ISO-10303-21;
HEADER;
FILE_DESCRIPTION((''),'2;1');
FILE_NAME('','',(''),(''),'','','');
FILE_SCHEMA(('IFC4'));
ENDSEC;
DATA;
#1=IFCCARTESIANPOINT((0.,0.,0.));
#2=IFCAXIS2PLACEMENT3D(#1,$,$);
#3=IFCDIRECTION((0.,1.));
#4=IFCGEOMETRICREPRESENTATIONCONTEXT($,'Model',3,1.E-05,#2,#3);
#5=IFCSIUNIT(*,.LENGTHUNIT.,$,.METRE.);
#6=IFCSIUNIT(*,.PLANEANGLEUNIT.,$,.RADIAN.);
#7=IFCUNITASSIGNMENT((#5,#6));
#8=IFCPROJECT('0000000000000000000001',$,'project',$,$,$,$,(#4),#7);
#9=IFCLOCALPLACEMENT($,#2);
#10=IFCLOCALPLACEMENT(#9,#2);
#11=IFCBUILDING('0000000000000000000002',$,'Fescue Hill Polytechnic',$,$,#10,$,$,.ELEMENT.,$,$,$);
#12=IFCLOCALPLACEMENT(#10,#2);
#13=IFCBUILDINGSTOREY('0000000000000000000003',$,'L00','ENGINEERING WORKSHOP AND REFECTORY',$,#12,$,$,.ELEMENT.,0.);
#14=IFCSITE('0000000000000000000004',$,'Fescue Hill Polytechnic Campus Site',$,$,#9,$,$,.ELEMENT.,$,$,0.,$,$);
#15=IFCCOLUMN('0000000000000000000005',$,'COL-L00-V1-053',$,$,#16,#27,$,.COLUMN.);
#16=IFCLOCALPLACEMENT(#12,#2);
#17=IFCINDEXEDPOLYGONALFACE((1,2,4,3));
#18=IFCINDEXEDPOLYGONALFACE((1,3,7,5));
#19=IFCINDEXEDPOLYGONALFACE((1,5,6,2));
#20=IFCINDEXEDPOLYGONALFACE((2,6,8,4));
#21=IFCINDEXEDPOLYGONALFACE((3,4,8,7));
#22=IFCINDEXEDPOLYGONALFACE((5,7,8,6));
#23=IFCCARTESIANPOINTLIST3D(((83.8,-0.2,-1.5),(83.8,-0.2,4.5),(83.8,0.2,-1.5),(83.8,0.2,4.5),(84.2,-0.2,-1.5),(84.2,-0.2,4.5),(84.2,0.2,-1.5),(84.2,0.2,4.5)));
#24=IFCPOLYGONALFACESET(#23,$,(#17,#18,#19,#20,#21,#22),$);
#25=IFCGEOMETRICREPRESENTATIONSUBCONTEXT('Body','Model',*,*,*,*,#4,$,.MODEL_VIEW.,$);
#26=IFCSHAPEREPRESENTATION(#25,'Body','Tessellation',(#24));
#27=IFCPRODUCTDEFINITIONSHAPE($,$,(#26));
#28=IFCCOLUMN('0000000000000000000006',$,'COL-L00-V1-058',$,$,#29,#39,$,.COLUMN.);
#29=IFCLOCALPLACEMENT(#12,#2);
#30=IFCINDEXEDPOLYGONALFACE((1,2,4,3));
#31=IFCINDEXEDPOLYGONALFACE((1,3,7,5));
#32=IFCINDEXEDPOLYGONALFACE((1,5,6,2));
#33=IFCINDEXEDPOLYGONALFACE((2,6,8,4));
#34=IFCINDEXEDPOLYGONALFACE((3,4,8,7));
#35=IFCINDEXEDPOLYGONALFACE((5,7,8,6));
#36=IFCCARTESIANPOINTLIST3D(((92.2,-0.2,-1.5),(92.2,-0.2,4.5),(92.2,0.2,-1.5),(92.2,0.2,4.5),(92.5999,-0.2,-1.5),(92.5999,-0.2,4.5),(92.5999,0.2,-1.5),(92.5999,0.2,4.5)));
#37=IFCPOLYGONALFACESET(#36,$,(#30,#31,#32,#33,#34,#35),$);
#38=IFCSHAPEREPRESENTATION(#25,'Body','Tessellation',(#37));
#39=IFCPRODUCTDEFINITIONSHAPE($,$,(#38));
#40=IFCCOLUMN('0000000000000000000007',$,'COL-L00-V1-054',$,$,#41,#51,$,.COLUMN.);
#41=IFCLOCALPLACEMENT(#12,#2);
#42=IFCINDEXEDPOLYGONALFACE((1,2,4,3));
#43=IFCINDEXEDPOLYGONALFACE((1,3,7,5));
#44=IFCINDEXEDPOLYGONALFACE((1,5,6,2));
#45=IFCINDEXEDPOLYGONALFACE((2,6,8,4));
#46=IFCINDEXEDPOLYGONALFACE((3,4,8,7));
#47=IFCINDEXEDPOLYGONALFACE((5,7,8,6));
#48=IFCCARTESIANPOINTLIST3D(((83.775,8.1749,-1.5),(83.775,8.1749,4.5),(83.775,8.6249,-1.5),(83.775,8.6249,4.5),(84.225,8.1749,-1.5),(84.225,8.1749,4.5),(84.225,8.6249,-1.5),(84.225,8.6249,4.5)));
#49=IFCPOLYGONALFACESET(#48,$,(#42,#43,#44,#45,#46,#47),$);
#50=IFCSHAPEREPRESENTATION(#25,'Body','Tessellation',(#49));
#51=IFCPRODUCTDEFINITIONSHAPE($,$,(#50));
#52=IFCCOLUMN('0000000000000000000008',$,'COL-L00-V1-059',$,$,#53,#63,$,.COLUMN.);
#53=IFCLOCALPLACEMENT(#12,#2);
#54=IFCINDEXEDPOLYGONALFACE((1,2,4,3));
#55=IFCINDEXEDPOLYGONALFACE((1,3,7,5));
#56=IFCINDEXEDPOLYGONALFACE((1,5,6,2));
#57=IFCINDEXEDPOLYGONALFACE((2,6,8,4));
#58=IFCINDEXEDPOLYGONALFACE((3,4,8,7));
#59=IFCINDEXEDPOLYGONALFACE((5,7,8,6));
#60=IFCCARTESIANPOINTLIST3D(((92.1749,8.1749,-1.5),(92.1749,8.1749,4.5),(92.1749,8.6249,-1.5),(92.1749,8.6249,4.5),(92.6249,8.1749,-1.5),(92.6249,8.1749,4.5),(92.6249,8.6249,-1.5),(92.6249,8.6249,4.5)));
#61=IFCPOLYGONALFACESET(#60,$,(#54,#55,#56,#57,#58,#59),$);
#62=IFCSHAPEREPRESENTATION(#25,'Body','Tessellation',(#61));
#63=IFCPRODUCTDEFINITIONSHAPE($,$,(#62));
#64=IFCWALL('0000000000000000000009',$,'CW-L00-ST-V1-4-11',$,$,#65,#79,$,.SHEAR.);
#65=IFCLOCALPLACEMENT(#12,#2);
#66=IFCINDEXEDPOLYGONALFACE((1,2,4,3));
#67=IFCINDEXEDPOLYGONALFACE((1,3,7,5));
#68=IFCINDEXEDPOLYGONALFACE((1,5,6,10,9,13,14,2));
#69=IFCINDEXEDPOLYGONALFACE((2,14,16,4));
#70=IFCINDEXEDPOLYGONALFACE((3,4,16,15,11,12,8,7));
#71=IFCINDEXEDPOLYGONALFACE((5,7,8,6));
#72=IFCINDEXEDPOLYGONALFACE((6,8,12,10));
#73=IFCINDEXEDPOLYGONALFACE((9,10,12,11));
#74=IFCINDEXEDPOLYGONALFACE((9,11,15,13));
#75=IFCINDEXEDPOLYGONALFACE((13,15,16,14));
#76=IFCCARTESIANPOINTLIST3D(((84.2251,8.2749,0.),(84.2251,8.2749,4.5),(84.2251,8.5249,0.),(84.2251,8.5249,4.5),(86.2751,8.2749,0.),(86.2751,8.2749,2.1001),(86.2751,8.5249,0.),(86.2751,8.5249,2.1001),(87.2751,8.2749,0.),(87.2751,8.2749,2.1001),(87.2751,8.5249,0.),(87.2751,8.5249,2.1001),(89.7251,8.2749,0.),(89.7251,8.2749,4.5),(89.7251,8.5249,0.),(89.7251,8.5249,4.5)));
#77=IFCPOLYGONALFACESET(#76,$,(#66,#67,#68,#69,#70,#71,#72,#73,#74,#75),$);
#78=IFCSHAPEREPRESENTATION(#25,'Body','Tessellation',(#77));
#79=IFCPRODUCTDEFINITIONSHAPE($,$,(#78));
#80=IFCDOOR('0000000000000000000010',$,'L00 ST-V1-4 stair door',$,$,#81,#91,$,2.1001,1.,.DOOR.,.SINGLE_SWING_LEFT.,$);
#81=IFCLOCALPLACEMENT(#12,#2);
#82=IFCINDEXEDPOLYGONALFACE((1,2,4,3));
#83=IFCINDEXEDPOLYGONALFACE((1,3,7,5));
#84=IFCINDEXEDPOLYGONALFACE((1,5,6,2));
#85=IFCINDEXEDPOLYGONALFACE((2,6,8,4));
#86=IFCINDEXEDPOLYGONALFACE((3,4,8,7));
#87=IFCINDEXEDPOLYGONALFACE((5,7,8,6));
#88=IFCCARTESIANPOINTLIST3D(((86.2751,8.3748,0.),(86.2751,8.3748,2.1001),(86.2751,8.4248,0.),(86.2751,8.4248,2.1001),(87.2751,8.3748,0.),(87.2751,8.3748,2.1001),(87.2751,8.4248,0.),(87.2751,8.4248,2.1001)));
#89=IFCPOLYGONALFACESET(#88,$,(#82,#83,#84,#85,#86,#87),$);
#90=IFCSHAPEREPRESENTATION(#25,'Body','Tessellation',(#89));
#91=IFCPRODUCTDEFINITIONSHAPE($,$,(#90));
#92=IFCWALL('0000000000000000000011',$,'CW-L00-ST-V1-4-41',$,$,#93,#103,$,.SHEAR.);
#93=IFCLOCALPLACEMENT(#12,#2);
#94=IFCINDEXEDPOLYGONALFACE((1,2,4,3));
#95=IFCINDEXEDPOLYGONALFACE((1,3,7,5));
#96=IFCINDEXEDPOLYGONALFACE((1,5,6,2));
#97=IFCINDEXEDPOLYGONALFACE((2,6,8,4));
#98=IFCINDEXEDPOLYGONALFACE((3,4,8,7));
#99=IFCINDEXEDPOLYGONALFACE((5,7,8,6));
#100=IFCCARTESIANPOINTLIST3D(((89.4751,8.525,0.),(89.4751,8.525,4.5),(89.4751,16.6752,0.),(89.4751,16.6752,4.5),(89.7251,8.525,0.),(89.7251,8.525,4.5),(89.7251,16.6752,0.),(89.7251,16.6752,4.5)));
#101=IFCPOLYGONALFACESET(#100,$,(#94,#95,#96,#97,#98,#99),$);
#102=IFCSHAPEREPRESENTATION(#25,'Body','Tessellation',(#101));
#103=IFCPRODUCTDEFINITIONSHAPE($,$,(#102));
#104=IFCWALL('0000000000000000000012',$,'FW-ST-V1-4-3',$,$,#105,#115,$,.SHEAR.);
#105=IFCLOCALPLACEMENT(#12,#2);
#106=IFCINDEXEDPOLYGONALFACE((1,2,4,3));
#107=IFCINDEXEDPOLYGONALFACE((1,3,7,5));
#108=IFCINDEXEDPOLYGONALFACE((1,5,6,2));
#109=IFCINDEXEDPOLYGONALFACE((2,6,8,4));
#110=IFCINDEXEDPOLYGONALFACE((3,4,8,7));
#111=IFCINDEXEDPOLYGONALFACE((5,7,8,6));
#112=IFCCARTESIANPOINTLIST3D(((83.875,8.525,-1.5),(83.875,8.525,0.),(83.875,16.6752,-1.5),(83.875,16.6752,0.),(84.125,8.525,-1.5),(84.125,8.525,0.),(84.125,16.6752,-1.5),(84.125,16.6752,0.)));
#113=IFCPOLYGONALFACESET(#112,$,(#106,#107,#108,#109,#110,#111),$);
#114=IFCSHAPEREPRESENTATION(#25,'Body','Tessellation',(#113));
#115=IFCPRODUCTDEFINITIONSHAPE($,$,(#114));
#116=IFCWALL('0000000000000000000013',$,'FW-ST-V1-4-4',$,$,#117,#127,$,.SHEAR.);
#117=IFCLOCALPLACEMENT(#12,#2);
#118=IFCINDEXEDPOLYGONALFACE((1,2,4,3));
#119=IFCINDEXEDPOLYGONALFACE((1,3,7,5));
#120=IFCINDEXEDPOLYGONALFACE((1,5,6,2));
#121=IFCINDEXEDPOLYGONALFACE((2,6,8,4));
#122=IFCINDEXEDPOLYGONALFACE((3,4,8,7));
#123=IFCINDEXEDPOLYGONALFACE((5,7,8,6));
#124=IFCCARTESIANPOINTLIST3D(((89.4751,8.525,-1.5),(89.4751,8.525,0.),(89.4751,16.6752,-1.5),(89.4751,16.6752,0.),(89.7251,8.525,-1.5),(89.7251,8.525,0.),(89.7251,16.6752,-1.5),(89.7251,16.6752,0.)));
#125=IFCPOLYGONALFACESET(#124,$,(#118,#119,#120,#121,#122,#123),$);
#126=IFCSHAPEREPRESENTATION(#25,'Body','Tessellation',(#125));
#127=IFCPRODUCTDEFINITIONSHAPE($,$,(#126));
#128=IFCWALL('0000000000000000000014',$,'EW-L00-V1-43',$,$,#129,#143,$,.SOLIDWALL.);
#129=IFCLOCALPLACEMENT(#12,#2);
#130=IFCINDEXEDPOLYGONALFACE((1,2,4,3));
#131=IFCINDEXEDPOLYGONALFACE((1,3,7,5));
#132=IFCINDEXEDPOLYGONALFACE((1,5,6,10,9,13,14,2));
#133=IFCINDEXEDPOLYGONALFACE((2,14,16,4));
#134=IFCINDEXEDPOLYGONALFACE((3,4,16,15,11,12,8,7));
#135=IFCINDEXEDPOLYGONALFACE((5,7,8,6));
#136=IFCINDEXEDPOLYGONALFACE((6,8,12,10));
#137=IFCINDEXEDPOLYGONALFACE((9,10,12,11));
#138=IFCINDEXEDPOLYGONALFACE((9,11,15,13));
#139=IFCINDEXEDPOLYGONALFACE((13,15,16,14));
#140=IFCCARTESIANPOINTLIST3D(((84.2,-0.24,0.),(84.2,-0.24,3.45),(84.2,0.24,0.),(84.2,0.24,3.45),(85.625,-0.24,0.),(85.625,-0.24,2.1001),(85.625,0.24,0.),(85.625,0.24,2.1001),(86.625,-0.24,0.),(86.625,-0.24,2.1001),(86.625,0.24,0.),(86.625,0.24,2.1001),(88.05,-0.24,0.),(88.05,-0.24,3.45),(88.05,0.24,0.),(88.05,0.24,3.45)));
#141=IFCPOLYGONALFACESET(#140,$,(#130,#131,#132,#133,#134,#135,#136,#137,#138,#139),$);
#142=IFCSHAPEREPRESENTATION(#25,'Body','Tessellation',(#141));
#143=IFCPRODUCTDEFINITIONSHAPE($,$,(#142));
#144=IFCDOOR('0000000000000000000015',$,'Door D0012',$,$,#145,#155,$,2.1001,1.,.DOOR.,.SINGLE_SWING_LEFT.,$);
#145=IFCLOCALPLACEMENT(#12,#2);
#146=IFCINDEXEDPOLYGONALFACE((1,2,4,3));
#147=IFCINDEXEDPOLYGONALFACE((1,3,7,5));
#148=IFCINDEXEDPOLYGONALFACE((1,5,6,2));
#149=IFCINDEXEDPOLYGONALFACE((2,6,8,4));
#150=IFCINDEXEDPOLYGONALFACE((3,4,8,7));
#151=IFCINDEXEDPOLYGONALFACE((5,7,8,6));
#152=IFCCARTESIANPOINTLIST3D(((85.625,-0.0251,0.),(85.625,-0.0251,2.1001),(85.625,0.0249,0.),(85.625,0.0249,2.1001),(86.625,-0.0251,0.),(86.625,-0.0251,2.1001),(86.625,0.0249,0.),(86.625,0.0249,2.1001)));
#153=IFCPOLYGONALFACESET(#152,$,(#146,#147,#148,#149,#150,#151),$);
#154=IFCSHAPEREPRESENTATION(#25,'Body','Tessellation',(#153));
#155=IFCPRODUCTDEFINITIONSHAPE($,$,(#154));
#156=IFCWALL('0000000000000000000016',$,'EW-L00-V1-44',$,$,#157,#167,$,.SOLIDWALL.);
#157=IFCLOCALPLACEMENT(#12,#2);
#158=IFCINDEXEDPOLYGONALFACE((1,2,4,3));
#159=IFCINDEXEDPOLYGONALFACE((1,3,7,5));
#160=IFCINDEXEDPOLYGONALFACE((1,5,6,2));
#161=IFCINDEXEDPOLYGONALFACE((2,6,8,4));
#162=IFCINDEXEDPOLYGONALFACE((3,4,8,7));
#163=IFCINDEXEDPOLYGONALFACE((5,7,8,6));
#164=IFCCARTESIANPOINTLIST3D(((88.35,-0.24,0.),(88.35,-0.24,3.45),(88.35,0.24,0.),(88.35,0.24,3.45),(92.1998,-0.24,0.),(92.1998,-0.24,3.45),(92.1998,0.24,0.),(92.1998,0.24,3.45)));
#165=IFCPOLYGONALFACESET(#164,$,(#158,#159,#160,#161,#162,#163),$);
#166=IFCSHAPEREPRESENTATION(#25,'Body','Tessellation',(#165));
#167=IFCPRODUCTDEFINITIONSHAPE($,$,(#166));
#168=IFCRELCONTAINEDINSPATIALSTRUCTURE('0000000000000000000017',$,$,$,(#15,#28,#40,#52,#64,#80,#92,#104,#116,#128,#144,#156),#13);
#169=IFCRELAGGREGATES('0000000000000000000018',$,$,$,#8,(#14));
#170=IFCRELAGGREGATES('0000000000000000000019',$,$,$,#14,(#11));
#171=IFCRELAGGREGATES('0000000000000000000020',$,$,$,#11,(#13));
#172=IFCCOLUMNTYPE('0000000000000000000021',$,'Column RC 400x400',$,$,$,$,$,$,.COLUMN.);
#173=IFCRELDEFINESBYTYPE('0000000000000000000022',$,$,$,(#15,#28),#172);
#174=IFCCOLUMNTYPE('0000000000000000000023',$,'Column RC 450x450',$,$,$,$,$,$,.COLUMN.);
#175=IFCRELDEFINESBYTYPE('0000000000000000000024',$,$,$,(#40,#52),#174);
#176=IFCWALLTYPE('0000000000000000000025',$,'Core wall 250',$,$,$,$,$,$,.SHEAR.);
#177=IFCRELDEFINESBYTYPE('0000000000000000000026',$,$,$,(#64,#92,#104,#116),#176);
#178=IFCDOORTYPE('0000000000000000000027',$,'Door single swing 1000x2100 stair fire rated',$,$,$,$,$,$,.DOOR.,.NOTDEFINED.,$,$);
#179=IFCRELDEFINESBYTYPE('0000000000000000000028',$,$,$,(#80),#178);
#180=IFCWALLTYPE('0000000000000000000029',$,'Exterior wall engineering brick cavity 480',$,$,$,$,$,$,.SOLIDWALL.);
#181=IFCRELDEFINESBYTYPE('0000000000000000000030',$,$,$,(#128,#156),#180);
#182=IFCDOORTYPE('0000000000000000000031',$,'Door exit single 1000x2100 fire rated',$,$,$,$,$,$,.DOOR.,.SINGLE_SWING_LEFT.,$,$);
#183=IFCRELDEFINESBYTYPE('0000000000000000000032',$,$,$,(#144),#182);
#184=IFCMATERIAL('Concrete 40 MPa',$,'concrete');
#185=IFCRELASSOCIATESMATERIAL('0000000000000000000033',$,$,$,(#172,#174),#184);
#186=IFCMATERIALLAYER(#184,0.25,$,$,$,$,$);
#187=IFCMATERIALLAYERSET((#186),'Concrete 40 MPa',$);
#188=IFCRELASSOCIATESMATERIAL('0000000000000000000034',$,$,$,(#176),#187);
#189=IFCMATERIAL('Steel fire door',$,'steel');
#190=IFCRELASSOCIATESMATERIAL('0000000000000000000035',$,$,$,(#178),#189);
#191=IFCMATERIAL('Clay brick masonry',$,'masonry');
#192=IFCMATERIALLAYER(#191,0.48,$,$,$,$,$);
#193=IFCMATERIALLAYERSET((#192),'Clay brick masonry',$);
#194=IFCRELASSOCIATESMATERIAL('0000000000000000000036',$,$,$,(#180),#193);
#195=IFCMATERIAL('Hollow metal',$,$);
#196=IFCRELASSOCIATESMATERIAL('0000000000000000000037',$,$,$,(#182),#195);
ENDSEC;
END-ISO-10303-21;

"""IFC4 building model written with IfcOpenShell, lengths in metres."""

from ifc_helpers import new_model, si_unit, direction, frame, frame_2d, origin, origin_2d, place, context, subcontext, project, spatial, rectangle, extrude, material, layer, layer_set, material_profile, profile_set, type_object, element, fill, save


model = new_model("IFC4")

# Units and contexts
model_context = context("Model", 3, precision=1e-05, world=origin(), true_north=direction((0.0, 1.0)))
body_context = subcontext(model_context, "Body", "Model", "MODEL_VIEW")
ifc_project = project(units=[si_unit("LENGTHUNIT", "METRE"), si_unit("PLANEANGLEUNIT", "RADIAN")], contexts=[model_context])

# Site, building, storey
site_placement = place(None, origin())
site = spatial("IfcSite", under=ifc_project, at=site_placement, Name="Fescue Hill Polytechnic Campus Site", CompositionType="ELEMENT", RefElevation=0.0)
building_placement = place(site_placement, origin())
building = spatial("IfcBuilding", under=site, at=building_placement, Name="Fescue Hill Polytechnic", CompositionType="ELEMENT")
storey_placement = place(building_placement, origin())
storey = spatial("IfcBuildingStorey", under=building, at=storey_placement, Name="L00", Description="ENGINEERING WORKSHOP AND REFECTORY", CompositionType="ELEMENT", Elevation=0.0)

# Columns
ifc_material_1 = material(Name="Concrete 40 MPa", Category="concrete")
ifc_material_profile_1 = material_profile(ifc_material_1, rectangle(XDim=0.3999, YDim=0.3999, at=origin_2d()), Name="RC 400x400")
ifc_profile_set_1 = profile_set([ifc_material_profile_1], Name="Concrete 40 MPa")
column_type_1 = type_object("IfcColumnType", Name="Column RC 400x400", PredefinedType="COLUMN", material=ifc_profile_set_1)
for number, where, z_axis, x_axis, name in (
    (1, (84.0, 0.0, -1.5), (0.0, 0.0, 1.0), (1.0, 0.0, 0.0), "COL-L00-V1-053"),
    (2, (92.3999, 0.0, -1.5), (0.0, 0.0, 1.0), (1.0, 0.0, 0.0), "COL-L00-V1-058"),
):
    element("IfcColumn", number, at=place(storey_placement, frame(where, z_axis=z_axis, x_axis=x_axis)), inside=storey, type_object=column_type_1, Name=name, PredefinedType="COLUMN", context=body_context, shape_type="SweptSolid", body=[
        extrude(rectangle(XDim=0.3999, YDim=0.3999, at=origin_2d()), origin(), (0.0, 0.0, 1.0), 6.0),
    ])
ifc_material_profile_2 = material_profile(ifc_material_1, rectangle(XDim=0.45, YDim=0.45, at=origin_2d()), Name="RC 450x450")
ifc_profile_set_2 = profile_set([ifc_material_profile_2], Name="Concrete 40 MPa")
column_type_2 = type_object("IfcColumnType", Name="Column RC 450x450", PredefinedType="COLUMN", material=ifc_profile_set_2)
for number, where, z_axis, x_axis, name in (
    (3, (84.0, 8.3999, -1.5), (0.0, 0.0, 1.0), (1.0, 0.0, 0.0), "COL-L00-V1-054"),
    (4, (92.3999, 8.3999, -1.5), (0.0, 0.0, 1.0), (1.0, 0.0, 0.0), "COL-L00-V1-059"),
):
    element("IfcColumn", number, at=place(storey_placement, frame(where, z_axis=z_axis, x_axis=x_axis)), inside=storey, type_object=column_type_2, Name=name, PredefinedType="COLUMN", context=body_context, shape_type="SweptSolid", body=[
        extrude(rectangle(XDim=0.45, YDim=0.45, at=origin_2d()), origin(), (0.0, 0.0, 1.0), 6.0),
    ])

# Wall, opening, door
ifc_layer_1 = layer(ifc_material_1, 0.25)
ifc_layer_set_1 = layer_set([ifc_layer_1], Name="Concrete 40 MPa")
wall_type_1 = type_object("IfcWallType", Name="Core wall 250", PredefinedType="SHEAR", material=ifc_layer_set_1)
wall_1_placement = place(storey_placement, frame((84.2251, 8.3999, 0.0), z_axis=(0.0, 0.0, 1.0), x_axis=(1.0, 0.0, 0.0)))
wall_1 = element("IfcWall", 5, at=wall_1_placement, inside=storey, type_object=wall_type_1, Name="CW-L00-ST-V1-4-11", PredefinedType="SHEAR", context=body_context, shape_type="SweptSolid", body=[
    extrude(rectangle(XDim=5.5, YDim=0.25, at=frame_2d((2.75, 0.0))), origin(), (0.0, 0.0, 1.0), 4.5),
])
opening_1_placement = place(wall_1_placement, frame((2.05, 0.0, 0.0)))
opening_1 = element("IfcOpeningElement", 6, at=opening_1_placement, cuts=wall_1, PredefinedType="OPENING", context=body_context, shape_type="SweptSolid", body=[
    extrude(rectangle(XDim=1.0, YDim=2.1001, at=frame_2d((0.5, 1.05))), frame((0.0, 0.135, 0.0), z_axis=(0.0, -1.0, 0.0), x_axis=(1.0, 0.0, 0.0)), (0.0, 0.0, 1.0), 0.27),
])
ifc_material_2 = material(Name="Steel fire door", Category="steel")
door_type_1 = type_object("IfcDoorType", Name="Door single swing 1000x2100 stair fire rated", OperationType="NOTDEFINED", PredefinedType="DOOR", material=ifc_material_2)
door_1_placement = place(opening_1_placement, origin())
door_1 = element("IfcDoor", 7, at=door_1_placement, inside=storey, type_object=door_type_1, Name="L00 ST-V1-4 stair door", OperationType="SINGLE_SWING_LEFT", OverallHeight=2.1001, OverallWidth=1.0, PredefinedType="DOOR", context=body_context, shape_type="SweptSolid", body=[
    extrude(rectangle(XDim=1.0, YDim=2.1001, at=frame_2d((0.5, 1.05))), frame((0.0, 0.0249, 0.0), z_axis=(0.0, -1.0, 0.0), x_axis=(1.0, 0.0, 0.0)), (0.0, 0.0, 1.0), 0.05),
])
fill(opening_1, door_1)

# Walls
wall_2_placement = place(storey_placement, frame((89.6001, 8.5249, 0.0), z_axis=(0.0, 0.0, 1.0), x_axis=(0.0, 1.0, 0.0)))
element("IfcWall", 8, at=wall_2_placement, inside=storey, type_object=wall_type_1, Name="CW-L00-ST-V1-4-41", PredefinedType="SHEAR", context=body_context, shape_type="SweptSolid", body=[
    extrude(rectangle(XDim=8.1501, YDim=0.25, at=frame_2d((4.0752, 0.0))), origin(), (0.0, 0.0, 1.0), 4.5),
])
for number, where, z_axis, x_axis, name in (
    (9, (84.0, 8.5249, -1.5), (0.0, 0.0, 1.0), (0.0, 1.0, 0.0), "FW-ST-V1-4-3"),
    (10, (89.6001, 8.5249, -1.5), (0.0, 0.0, 1.0), (0.0, 1.0, 0.0), "FW-ST-V1-4-4"),
):
    element("IfcWall", number, at=place(storey_placement, frame(where, z_axis=z_axis, x_axis=x_axis)), inside=storey, type_object=wall_type_1, Name=name, PredefinedType="SHEAR", context=body_context, shape_type="SweptSolid", body=[
        extrude(rectangle(XDim=8.1501, YDim=0.25, at=frame_2d((4.0752, 0.0))), origin(), (0.0, 0.0, 1.0), 1.5),
    ])

# Wall, opening, door
ifc_material_3 = material(Name="Clay brick masonry", Category="masonry")
ifc_layer_2 = layer(ifc_material_3, 0.48)
ifc_layer_set_2 = layer_set([ifc_layer_2], Name="Clay brick masonry")
wall_type_2 = type_object("IfcWallType", Name="Exterior wall engineering brick cavity 480", PredefinedType="SOLIDWALL", material=ifc_layer_set_2)
wall_3_placement = place(storey_placement, frame((84.2, 0.0, 0.0), z_axis=(0.0, 0.0, 1.0), x_axis=(1.0, 0.0, 0.0)))
wall_3 = element("IfcWall", 11, at=wall_3_placement, inside=storey, type_object=wall_type_2, Name="EW-L00-V1-43", PredefinedType="SOLIDWALL", context=body_context, shape_type="SweptSolid", body=[
    extrude(rectangle(XDim=3.8501, YDim=0.48, at=frame_2d((1.925, 0.0))), origin(), (0.0, 0.0, 1.0), 3.45),
])
opening_2_placement = place(wall_3_placement, frame((1.425, 0.0, 0.0)))
opening_2 = element("IfcOpeningElement", 12, at=opening_2_placement, cuts=wall_3, PredefinedType="OPENING", context=body_context, shape_type="SweptSolid", body=[
    extrude(rectangle(XDim=1.0, YDim=2.1001, at=frame_2d((0.5, 1.05))), frame((0.0, 0.25, 0.0), z_axis=(0.0, -1.0, 0.0), x_axis=(1.0, 0.0, 0.0)), (0.0, 0.0, 1.0), 0.5),
])
ifc_material_4 = material(Name="Hollow metal")
door_type_2 = type_object("IfcDoorType", Name="Door exit single 1000x2100 fire rated", OperationType="SINGLE_SWING_LEFT", PredefinedType="DOOR", material=ifc_material_4)
door_2_placement = place(opening_2_placement, origin())
door_2 = element("IfcDoor", 13, at=door_2_placement, inside=storey, type_object=door_type_2, Name="Door D0012", OperationType="SINGLE_SWING_LEFT", OverallHeight=2.1001, OverallWidth=1.0, PredefinedType="DOOR", context=body_context, shape_type="SweptSolid", body=[
    extrude(rectangle(XDim=1.0, YDim=2.1001, at=frame_2d((0.5, 1.05))), frame((0.0, 0.0249, 0.0), z_axis=(0.0, -1.0, 0.0), x_axis=(1.0, 0.0, 0.0)), (0.0, 0.0, 1.0), 0.05),
])
fill(opening_2, door_2)

# Wall
wall_4_placement = place(storey_placement, frame((88.3501, 0.0, 0.0), z_axis=(0.0, 0.0, 1.0), x_axis=(1.0, 0.0, 0.0)))
element("IfcWall", 14, at=wall_4_placement, inside=storey, type_object=wall_type_2, Name="EW-L00-V1-44", PredefinedType="SOLIDWALL", context=body_context, shape_type="SweptSolid", body=[
    extrude(rectangle(XDim=3.8499, YDim=0.48, at=frame_2d((1.9248, 0.0))), origin(), (0.0, 0.0, 1.0), 3.45),
])

save(model, "model.ifc")
